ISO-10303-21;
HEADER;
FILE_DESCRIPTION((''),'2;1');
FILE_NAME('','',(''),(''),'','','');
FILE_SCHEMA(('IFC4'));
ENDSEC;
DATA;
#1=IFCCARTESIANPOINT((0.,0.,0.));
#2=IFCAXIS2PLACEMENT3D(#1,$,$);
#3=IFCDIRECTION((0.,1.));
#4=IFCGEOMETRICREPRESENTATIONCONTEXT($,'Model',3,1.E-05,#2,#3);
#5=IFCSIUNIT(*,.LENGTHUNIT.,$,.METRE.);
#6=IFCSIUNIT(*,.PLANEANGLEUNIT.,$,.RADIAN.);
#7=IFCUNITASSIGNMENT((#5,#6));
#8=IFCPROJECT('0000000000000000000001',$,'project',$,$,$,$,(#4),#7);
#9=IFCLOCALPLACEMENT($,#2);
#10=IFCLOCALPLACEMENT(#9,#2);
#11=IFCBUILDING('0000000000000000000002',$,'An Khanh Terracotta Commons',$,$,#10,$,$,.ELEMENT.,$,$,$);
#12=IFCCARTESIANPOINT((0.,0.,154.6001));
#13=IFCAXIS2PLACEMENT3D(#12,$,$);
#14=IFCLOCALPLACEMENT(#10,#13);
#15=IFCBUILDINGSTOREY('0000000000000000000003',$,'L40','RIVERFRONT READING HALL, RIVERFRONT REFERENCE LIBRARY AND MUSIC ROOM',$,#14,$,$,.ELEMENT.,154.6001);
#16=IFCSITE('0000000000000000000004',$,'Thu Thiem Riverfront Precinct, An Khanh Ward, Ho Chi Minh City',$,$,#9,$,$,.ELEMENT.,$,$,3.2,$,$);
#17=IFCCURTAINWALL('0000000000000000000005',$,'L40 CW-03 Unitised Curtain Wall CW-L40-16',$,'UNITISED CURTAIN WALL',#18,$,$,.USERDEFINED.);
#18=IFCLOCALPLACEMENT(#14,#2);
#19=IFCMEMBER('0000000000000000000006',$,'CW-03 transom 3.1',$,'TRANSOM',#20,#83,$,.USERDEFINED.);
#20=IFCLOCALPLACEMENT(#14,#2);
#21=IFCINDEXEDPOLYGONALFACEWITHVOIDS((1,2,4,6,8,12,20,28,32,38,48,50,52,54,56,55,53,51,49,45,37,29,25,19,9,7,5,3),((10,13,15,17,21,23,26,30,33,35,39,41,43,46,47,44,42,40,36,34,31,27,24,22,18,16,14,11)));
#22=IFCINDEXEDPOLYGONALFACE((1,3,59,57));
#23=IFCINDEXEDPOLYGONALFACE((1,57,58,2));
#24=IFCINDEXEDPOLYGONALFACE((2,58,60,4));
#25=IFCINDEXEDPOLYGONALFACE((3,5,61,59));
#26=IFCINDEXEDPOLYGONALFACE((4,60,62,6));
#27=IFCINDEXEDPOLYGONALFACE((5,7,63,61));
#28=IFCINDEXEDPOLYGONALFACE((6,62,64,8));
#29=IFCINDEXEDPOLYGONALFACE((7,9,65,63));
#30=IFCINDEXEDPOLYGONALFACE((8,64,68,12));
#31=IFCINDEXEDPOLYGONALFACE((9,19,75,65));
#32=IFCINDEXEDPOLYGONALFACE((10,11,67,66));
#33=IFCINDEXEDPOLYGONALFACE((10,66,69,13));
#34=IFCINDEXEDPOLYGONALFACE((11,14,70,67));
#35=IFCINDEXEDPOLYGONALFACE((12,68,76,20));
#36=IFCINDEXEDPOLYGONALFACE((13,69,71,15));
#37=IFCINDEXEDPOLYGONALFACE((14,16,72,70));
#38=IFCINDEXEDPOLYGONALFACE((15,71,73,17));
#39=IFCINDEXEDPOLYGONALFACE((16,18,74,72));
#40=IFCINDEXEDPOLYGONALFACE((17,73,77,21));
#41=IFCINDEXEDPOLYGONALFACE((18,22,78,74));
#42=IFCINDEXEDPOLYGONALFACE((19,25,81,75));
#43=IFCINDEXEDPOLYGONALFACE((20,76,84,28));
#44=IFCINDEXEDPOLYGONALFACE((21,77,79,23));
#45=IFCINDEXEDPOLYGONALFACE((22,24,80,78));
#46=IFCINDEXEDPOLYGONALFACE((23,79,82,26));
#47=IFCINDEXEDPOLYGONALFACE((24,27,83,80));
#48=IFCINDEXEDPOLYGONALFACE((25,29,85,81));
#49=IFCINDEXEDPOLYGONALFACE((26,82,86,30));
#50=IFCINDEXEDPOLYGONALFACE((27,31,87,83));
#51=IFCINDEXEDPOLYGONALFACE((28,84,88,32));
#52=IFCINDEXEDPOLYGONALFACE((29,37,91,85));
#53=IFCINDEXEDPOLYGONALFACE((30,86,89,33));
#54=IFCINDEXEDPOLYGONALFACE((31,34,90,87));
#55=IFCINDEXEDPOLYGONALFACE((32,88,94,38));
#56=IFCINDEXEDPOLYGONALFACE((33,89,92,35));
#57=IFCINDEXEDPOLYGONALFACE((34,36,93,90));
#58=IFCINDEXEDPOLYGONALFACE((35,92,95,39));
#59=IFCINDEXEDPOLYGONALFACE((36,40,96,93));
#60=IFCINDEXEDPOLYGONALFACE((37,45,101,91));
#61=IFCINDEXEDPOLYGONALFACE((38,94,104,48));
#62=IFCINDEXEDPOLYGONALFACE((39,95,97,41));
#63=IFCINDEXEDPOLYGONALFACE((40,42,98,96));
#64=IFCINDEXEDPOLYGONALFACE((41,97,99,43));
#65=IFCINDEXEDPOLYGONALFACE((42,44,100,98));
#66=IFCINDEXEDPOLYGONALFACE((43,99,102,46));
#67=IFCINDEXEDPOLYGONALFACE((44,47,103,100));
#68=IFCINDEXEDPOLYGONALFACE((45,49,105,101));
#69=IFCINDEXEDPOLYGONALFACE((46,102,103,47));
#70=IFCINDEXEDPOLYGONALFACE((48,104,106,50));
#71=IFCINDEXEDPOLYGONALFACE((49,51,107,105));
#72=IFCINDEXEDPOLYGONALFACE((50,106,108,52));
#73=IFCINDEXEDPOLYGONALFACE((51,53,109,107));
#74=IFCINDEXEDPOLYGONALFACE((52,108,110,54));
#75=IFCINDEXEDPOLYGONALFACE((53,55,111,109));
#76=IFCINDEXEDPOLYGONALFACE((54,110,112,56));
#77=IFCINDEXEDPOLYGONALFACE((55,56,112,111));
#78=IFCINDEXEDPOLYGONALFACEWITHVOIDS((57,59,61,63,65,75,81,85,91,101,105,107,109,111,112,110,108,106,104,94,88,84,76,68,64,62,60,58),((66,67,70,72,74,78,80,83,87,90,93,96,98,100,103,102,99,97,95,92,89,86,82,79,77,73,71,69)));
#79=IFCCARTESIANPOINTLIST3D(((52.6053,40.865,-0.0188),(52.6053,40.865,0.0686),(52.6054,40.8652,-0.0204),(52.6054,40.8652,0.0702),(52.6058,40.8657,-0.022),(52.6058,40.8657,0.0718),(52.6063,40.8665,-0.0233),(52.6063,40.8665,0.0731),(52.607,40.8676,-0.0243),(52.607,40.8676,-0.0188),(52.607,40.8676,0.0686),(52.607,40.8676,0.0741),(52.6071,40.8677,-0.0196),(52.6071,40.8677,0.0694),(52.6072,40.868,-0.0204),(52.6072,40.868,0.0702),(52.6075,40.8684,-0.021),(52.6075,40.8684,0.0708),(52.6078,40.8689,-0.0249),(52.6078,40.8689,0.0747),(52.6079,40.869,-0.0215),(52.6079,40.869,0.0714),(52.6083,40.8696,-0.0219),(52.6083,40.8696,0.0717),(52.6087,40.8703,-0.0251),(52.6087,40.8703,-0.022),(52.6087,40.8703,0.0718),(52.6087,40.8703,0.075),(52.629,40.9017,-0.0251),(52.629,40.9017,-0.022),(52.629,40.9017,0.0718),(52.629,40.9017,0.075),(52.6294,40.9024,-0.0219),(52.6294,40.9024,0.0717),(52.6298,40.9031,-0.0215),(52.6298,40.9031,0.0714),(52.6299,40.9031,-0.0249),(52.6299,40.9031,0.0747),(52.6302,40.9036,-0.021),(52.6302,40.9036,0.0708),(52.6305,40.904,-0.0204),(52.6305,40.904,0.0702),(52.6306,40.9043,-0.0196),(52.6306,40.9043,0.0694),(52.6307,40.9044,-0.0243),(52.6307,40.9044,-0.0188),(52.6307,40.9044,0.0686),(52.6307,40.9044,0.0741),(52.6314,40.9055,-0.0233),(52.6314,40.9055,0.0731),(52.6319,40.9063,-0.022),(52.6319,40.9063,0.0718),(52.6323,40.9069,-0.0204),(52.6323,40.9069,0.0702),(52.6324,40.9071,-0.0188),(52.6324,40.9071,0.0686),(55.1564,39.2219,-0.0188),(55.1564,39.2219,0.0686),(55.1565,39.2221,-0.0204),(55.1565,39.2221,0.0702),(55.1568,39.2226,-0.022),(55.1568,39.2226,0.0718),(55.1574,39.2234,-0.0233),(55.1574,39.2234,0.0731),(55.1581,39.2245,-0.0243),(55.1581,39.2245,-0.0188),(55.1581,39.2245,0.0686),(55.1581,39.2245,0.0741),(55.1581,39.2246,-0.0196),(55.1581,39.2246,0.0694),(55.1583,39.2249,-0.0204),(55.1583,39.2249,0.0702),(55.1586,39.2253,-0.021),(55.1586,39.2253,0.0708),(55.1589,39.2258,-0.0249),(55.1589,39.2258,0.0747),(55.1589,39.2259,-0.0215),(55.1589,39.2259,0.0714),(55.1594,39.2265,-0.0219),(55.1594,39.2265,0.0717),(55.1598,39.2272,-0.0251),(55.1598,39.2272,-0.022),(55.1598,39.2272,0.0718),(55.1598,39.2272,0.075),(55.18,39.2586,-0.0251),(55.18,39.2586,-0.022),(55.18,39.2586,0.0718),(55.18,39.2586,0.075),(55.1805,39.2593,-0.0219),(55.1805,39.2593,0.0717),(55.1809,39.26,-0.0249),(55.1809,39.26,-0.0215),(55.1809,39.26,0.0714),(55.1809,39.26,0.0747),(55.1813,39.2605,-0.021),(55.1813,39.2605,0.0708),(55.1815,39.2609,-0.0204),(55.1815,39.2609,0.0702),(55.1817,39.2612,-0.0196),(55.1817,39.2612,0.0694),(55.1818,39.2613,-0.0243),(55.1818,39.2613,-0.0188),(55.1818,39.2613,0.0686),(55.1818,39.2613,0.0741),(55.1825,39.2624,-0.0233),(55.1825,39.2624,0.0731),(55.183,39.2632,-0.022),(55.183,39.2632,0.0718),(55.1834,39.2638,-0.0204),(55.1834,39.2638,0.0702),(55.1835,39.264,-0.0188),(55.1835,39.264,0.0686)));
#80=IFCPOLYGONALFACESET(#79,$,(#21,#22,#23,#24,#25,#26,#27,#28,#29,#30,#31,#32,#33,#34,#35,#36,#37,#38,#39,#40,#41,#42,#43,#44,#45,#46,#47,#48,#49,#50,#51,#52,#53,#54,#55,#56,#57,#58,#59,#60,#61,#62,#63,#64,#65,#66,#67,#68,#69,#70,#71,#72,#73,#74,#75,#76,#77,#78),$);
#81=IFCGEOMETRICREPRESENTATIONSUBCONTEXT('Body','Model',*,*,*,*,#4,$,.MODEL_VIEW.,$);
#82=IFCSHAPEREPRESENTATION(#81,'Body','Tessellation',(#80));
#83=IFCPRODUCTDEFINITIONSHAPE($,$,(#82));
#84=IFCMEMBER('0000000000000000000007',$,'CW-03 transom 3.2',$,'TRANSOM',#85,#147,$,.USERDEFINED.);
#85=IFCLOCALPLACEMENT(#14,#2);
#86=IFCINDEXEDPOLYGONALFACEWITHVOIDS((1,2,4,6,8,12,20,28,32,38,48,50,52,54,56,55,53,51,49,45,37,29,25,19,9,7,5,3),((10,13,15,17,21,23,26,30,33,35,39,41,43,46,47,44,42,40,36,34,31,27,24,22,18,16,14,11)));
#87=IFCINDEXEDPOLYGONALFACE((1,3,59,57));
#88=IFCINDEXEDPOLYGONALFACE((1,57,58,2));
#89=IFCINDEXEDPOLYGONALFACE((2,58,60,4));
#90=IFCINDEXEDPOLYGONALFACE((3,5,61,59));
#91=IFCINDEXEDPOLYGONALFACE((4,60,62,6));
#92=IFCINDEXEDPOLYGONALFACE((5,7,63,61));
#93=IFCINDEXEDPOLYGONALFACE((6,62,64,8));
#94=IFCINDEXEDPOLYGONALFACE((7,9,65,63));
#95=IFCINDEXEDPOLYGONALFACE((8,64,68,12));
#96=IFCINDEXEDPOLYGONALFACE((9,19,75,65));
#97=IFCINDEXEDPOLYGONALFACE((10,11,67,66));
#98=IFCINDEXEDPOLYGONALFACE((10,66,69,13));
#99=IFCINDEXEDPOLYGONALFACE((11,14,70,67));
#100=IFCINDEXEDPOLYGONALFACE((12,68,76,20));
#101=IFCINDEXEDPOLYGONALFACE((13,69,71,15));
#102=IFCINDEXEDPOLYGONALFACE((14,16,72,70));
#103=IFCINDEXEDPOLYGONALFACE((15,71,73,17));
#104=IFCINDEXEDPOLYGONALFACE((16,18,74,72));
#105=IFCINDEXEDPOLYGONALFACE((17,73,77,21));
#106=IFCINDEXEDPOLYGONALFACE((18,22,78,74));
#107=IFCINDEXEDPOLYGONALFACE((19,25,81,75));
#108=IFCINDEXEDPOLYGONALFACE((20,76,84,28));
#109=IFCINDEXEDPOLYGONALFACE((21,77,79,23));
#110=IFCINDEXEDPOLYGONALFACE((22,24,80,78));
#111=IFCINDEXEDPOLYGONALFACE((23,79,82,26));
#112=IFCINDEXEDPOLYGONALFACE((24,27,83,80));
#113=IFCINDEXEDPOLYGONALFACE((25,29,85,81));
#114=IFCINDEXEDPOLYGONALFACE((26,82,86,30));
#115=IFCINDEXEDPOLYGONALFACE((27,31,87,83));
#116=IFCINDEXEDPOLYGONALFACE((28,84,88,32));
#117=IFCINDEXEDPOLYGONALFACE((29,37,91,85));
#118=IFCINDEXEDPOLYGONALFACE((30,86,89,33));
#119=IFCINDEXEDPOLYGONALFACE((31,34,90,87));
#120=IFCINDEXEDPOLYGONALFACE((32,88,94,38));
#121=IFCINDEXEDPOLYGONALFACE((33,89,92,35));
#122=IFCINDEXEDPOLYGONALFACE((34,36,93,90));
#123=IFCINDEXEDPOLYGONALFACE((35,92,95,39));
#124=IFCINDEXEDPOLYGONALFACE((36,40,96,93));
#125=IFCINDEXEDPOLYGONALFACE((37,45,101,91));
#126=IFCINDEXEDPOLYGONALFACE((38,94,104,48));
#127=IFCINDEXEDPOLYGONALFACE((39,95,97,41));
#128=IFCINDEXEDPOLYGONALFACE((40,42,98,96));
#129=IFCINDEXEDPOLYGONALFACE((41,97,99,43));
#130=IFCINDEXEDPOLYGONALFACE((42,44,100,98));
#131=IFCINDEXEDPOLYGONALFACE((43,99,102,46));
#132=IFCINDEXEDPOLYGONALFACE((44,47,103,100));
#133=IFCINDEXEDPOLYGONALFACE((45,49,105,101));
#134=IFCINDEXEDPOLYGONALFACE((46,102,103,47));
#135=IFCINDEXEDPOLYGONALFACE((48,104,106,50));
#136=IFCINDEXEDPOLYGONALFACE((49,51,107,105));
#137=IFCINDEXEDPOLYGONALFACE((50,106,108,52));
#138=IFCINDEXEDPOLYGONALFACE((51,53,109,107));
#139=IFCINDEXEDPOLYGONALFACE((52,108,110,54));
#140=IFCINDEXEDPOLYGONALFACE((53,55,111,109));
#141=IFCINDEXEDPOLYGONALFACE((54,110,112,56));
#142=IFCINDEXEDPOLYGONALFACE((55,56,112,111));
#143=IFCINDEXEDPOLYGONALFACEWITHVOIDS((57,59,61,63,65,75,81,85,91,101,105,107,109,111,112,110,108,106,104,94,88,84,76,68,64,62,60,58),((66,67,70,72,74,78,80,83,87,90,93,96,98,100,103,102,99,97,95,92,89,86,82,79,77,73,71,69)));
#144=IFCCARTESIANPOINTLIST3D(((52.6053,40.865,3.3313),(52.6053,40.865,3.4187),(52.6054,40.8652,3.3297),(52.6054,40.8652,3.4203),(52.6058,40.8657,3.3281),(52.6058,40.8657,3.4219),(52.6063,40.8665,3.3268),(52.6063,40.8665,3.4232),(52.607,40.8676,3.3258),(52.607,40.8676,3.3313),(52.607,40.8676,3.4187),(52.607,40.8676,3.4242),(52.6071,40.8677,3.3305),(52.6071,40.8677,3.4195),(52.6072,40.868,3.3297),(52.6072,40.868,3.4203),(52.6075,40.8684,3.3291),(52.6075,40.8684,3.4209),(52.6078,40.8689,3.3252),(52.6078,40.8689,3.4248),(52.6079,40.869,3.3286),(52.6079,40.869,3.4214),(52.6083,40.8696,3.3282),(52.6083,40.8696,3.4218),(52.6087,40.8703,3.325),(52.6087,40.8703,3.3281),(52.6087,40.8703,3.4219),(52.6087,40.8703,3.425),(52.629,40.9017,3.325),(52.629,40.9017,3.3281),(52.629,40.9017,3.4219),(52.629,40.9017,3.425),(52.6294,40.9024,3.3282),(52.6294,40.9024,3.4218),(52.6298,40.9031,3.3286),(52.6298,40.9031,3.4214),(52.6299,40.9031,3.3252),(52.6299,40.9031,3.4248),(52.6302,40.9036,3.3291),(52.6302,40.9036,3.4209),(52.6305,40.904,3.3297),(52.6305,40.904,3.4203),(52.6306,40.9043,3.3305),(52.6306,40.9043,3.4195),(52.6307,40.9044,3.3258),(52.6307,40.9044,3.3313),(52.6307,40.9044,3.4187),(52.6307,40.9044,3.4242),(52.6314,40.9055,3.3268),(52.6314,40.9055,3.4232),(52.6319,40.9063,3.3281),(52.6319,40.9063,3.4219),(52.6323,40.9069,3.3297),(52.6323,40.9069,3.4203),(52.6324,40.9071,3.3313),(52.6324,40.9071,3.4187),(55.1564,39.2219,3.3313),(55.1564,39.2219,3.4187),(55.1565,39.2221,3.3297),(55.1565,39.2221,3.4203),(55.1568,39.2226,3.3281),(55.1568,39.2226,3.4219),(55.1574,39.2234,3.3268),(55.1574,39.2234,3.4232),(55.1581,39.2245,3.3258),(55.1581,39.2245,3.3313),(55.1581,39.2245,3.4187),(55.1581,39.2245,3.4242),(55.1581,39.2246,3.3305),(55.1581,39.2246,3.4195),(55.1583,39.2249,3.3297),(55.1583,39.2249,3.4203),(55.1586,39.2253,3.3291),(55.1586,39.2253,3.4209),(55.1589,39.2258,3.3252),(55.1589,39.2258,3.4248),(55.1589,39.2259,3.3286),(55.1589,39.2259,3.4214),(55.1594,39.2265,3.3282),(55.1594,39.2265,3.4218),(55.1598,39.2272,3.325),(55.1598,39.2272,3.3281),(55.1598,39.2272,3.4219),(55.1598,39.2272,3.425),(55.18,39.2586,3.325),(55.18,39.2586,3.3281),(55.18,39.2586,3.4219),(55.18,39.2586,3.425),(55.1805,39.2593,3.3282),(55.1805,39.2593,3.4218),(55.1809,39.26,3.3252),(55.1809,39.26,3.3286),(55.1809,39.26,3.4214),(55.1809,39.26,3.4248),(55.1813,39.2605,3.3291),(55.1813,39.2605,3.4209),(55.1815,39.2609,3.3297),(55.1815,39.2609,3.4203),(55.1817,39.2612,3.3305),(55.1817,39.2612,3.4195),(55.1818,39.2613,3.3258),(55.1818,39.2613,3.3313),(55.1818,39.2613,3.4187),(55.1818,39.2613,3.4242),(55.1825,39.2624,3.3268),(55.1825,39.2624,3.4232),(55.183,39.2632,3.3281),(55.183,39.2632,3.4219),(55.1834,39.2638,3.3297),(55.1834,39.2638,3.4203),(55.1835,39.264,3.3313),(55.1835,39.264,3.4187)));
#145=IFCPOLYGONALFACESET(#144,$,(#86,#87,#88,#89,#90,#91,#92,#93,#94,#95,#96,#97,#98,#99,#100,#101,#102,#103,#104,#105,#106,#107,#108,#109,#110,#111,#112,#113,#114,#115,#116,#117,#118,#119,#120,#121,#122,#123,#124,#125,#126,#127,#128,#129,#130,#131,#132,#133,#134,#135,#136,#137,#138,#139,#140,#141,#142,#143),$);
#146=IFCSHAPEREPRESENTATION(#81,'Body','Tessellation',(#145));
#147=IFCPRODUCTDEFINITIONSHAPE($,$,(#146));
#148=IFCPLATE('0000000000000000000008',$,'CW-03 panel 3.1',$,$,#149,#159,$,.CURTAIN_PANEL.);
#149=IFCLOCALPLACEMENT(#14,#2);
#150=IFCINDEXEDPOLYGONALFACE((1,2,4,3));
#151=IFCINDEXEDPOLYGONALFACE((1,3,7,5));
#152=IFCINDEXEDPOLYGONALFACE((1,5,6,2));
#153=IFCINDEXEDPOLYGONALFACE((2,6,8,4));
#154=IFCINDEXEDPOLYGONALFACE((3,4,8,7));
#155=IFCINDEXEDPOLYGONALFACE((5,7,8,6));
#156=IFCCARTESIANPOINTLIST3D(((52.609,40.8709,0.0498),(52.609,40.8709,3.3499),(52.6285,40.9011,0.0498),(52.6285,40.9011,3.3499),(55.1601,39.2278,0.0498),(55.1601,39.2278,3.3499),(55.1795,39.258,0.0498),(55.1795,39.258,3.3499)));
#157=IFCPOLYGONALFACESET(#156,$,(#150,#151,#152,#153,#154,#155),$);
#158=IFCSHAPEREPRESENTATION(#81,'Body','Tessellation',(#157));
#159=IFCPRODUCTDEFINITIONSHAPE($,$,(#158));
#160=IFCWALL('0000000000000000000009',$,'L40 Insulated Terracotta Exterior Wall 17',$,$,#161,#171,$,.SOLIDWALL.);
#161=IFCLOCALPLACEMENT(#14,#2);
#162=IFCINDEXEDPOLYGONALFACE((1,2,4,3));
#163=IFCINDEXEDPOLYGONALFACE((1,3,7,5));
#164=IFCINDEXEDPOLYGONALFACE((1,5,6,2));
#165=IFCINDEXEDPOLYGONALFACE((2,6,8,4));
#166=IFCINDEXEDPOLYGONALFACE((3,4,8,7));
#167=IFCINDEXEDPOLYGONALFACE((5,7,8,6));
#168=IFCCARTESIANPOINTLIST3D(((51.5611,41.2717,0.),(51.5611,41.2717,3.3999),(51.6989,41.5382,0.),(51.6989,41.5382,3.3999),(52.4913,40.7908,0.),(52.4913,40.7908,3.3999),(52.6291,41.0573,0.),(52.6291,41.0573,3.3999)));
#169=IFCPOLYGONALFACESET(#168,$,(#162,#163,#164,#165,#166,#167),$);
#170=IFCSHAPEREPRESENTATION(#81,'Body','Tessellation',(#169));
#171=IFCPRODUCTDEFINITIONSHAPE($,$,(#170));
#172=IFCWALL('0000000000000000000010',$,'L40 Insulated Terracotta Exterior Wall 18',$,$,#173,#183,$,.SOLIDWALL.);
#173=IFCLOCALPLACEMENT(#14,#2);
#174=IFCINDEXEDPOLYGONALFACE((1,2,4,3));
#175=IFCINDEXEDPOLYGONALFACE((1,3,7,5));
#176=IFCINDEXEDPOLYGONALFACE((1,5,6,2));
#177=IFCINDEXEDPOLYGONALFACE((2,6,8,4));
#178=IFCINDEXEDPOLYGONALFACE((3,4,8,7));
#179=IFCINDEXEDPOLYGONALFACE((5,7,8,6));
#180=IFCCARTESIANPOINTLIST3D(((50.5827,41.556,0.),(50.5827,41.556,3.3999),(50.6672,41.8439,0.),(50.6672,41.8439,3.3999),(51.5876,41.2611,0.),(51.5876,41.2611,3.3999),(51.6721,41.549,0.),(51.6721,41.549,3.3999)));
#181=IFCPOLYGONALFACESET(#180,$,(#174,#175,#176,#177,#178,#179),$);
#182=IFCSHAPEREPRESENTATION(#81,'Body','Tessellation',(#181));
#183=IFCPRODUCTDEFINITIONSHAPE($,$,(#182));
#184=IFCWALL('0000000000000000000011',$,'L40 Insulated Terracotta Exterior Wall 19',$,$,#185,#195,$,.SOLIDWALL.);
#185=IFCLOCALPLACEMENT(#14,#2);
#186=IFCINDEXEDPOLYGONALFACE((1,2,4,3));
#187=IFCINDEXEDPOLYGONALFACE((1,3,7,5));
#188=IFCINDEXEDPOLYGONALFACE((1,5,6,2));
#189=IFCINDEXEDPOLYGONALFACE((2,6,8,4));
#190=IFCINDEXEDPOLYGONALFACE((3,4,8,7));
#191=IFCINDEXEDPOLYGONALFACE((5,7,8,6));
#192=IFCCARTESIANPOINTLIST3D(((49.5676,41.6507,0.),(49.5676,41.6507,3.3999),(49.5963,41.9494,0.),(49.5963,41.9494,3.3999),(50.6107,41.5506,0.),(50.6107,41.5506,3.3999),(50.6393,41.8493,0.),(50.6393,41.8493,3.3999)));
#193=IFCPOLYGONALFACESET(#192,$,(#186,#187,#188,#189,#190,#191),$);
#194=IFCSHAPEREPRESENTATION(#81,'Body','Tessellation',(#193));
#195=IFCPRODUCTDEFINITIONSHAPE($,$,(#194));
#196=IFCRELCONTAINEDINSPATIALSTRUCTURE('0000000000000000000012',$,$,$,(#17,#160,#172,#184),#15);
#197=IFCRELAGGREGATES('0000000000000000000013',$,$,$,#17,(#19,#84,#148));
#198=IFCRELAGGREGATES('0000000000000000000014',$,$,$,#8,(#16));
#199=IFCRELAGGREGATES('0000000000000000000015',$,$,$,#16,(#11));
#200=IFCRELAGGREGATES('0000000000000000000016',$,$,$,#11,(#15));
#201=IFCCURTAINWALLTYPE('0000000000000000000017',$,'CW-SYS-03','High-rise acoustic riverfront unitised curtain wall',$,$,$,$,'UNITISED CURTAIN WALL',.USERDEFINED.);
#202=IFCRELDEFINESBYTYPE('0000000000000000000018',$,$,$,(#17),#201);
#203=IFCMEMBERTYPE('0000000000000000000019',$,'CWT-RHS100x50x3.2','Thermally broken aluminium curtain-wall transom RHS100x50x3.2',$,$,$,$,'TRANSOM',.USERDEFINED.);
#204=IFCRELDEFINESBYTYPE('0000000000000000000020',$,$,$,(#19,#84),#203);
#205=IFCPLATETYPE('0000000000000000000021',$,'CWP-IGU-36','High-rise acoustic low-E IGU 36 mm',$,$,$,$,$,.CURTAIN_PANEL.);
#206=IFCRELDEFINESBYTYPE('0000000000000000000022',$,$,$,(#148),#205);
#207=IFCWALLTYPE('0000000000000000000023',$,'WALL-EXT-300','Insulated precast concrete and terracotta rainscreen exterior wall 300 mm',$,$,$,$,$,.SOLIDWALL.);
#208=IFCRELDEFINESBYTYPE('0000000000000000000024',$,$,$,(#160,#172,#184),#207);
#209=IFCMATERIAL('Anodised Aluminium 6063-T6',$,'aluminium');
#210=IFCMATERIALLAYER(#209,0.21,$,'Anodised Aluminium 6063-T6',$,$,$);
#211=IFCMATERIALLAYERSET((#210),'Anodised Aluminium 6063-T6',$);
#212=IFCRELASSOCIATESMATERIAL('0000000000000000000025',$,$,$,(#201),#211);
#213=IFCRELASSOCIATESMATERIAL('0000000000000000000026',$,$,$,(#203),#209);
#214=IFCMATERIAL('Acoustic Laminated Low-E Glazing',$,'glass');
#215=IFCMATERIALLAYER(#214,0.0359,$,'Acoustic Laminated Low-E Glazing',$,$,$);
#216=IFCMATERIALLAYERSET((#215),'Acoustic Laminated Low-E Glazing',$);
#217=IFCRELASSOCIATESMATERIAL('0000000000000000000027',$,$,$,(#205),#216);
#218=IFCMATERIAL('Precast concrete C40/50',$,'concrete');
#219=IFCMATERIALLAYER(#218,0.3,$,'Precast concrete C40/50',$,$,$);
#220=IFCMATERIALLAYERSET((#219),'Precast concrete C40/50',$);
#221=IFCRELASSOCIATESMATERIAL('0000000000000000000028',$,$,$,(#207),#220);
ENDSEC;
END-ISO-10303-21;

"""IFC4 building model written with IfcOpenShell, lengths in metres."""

from ifc_helpers import new_model, si_unit, direction, frame, frame_2d, origin, origin_2d, place, context, subcontext, project, spatial, rectangle, hollow_rectangle, extrude, material, layer, layer_set, material_profile, profile_set, type_object, element, aggregate, save


model = new_model("IFC4")

# Units and contexts
model_context = context("Model", 3, precision=1e-05, world=origin(), true_north=direction((0.0, 1.0)))
body_context = subcontext(model_context, "Body", "Model", "MODEL_VIEW")
ifc_project = project(units=[si_unit("LENGTHUNIT", "METRE"), si_unit("PLANEANGLEUNIT", "RADIAN")], contexts=[model_context])

# Site, building, storey
site_placement = place(None, origin())
site = spatial("IfcSite", under=ifc_project, at=site_placement, Name="Thu Thiem Riverfront Precinct, An Khanh Ward, Ho Chi Minh City", CompositionType="ELEMENT", RefElevation=3.2)
building_placement = place(site_placement, origin())
building = spatial("IfcBuilding", under=site, at=building_placement, Name="An Khanh Terracotta Commons", CompositionType="ELEMENT")
storey_placement = place(building_placement, frame((0.0, 0.0, 154.6001)))
storey = spatial("IfcBuildingStorey", under=building, at=storey_placement, Name="L40", Description="RIVERFRONT READING HALL, RIVERFRONT REFERENCE LIBRARY AND MUSIC ROOM", CompositionType="ELEMENT", Elevation=154.6001)

# Curtain wall, members, plate
ifc_material_1 = material(Name="Anodised Aluminium 6063-T6", Category="aluminium")
ifc_layer_1 = layer(ifc_material_1, 0.21, Name="Anodised Aluminium 6063-T6")
ifc_layer_set_1 = layer_set([ifc_layer_1], Name="Anodised Aluminium 6063-T6")
curtain_wall_type = type_object("IfcCurtainWallType", Name="CW-SYS-03", Description="High-rise acoustic riverfront unitised curtain wall", ElementType="UNITISED CURTAIN WALL", PredefinedType="USERDEFINED", material=ifc_layer_set_1)
curtain_wall_placement = place(storey_placement, origin())
curtain_wall = element("IfcCurtainWall", 1, at=curtain_wall_placement, inside=storey, type_object=curtain_wall_type, Name="L40 CW-03 Unitised Curtain Wall CW-L40-16", ObjectType="UNITISED CURTAIN WALL", PredefinedType="USERDEFINED")
ifc_material_profile_1 = material_profile(ifc_material_1, hollow_rectangle(XDim=0.05, YDim=0.1001, WallThickness=0.0032, InnerFilletRadius=0.0032, OuterFilletRadius=0.0063, at=origin_2d()), Name="RHS100x50x3.2")
ifc_profile_set_1 = profile_set([ifc_material_profile_1], Name="Anodised Aluminium 6063-T6")
member_type_1 = type_object("IfcMemberType", Name="CWT-RHS100x50x3.2", Description="Thermally broken aluminium curtain-wall transom RHS100x50x3.2", ElementType="TRANSOM", PredefinedType="USERDEFINED", material=ifc_profile_set_1)
member_1_placement = place(storey_placement, frame((55.1699, 39.2429, 0.0249), z_axis=(-0.84071, 0.541485, 0.0), x_axis=(-0.541485, -0.84071, 0.0)))
member_1 = element("IfcMember", 2, at=member_1_placement, type_object=member_type_1, Name="CW-03 transom 3.1", ObjectType="TRANSOM", PredefinedType="USERDEFINED", context=body_context, shape_type="SweptSolid", body=[
    extrude(hollow_rectangle(XDim=0.05, YDim=0.1001, WallThickness=0.0032, InnerFilletRadius=0.0032, OuterFilletRadius=0.0063, at=origin_2d()), origin(), (0.0, 0.0, 1.0), 3.0344),
])
member_2_placement = place(storey_placement, frame((55.1699, 39.2429, 3.375), z_axis=(-0.84071, 0.541485, 0.0), x_axis=(-0.541485, -0.84071, 0.0)))
member_2 = element("IfcMember", 3, at=member_2_placement, type_object=member_type_1, Name="CW-03 transom 3.2", ObjectType="TRANSOM", PredefinedType="USERDEFINED", context=body_context, shape_type="SweptSolid", body=[
    extrude(hollow_rectangle(XDim=0.05, YDim=0.1001, WallThickness=0.0032, InnerFilletRadius=0.0032, OuterFilletRadius=0.0063, at=origin_2d()), origin(), (0.0, 0.0, 1.0), 3.0344),
])
ifc_material_2 = material(Name="Acoustic Laminated Low-E Glazing", Category="glass")
ifc_layer_2 = layer(ifc_material_2, 0.0359, Name="Acoustic Laminated Low-E Glazing")
ifc_layer_set_2 = layer_set([ifc_layer_2], Name="Acoustic Laminated Low-E Glazing")
plate_type = type_object("IfcPlateType", Name="CWP-IGU-36", Description="High-rise acoustic low-E IGU 36 mm", PredefinedType="CURTAIN_PANEL", material=ifc_layer_set_2)
plate_placement = place(storey_placement, frame((53.8943, 40.0645, 0.0498), z_axis=(0.0, 0.0, 1.0), x_axis=(-0.840702, 0.541498, 0.0)))
plate = element("IfcPlate", 4, at=plate_placement, type_object=plate_type, Name="CW-03 panel 3.1", PredefinedType="CURTAIN_PANEL", context=body_context, shape_type="SweptSolid", body=[
    extrude(rectangle(XDim=3.0344, YDim=0.0359, at=origin_2d()), origin(), (0.0, 0.0, 1.0), 3.3),
])
aggregate(curtain_wall, [member_1, member_2, plate])

# Walls
ifc_material_3 = material(Name="Precast concrete C40/50", Category="concrete")
ifc_layer_3 = layer(ifc_material_3, 0.3, Name="Precast concrete C40/50")
ifc_layer_set_3 = layer_set([ifc_layer_3], Name="Precast concrete C40/50")
wall_type = type_object("IfcWallType", Name="WALL-EXT-300", Description="Insulated precast concrete and terracotta rainscreen exterior wall 300 mm", PredefinedType="SOLIDWALL", material=ifc_layer_set_3)
wall_1_placement = place(storey_placement, frame((52.5601, 40.9241, 0.0), z_axis=(0.0, 0.0, 1.0), x_axis=(-0.888283, 0.459296, 0.0)))
element("IfcWall", 5, at=wall_1_placement, inside=storey, type_object=wall_type, Name="L40 Insulated Terracotta Exterior Wall 17", PredefinedType="SOLIDWALL", context=body_context, shape_type="SweptSolid", body=[
    extrude(rectangle(XDim=1.0471, YDim=0.3, at=frame_2d((0.5234, 0.0))), origin(), (0.0, 0.0, 1.0), 3.3999),
])
wall_2_placement = place(storey_placement, frame((51.6299, 41.405, 0.0), z_axis=(0.0, 0.0, 1.0), x_axis=(-0.959529, 0.281611, 0.0)))
element("IfcWall", 6, at=wall_2_placement, inside=storey, type_object=wall_type, Name="L40 Insulated Terracotta Exterior Wall 18", PredefinedType="SOLIDWALL", context=body_context, shape_type="SweptSolid", body=[
    extrude(rectangle(XDim=1.0474, YDim=0.3, at=frame_2d((0.5237, 0.0))), origin(), (0.0, 0.0, 1.0), 3.3999),
])
wall_3_placement = place(storey_placement, frame((50.625, 41.7, 0.0), z_axis=(0.0, 0.0, 1.0), x_axis=(-0.995426, 0.095535, 0.0)))
element("IfcWall", 7, at=wall_3_placement, inside=storey, type_object=wall_type, Name="L40 Insulated Terracotta Exterior Wall 19", PredefinedType="SOLIDWALL", context=body_context, shape_type="SweptSolid", body=[
    extrude(rectangle(XDim=1.0479, YDim=0.3, at=frame_2d((0.5239, 0.0))), origin(), (0.0, 0.0, 1.0), 3.3999),
])

save(model, "model.ifc")
